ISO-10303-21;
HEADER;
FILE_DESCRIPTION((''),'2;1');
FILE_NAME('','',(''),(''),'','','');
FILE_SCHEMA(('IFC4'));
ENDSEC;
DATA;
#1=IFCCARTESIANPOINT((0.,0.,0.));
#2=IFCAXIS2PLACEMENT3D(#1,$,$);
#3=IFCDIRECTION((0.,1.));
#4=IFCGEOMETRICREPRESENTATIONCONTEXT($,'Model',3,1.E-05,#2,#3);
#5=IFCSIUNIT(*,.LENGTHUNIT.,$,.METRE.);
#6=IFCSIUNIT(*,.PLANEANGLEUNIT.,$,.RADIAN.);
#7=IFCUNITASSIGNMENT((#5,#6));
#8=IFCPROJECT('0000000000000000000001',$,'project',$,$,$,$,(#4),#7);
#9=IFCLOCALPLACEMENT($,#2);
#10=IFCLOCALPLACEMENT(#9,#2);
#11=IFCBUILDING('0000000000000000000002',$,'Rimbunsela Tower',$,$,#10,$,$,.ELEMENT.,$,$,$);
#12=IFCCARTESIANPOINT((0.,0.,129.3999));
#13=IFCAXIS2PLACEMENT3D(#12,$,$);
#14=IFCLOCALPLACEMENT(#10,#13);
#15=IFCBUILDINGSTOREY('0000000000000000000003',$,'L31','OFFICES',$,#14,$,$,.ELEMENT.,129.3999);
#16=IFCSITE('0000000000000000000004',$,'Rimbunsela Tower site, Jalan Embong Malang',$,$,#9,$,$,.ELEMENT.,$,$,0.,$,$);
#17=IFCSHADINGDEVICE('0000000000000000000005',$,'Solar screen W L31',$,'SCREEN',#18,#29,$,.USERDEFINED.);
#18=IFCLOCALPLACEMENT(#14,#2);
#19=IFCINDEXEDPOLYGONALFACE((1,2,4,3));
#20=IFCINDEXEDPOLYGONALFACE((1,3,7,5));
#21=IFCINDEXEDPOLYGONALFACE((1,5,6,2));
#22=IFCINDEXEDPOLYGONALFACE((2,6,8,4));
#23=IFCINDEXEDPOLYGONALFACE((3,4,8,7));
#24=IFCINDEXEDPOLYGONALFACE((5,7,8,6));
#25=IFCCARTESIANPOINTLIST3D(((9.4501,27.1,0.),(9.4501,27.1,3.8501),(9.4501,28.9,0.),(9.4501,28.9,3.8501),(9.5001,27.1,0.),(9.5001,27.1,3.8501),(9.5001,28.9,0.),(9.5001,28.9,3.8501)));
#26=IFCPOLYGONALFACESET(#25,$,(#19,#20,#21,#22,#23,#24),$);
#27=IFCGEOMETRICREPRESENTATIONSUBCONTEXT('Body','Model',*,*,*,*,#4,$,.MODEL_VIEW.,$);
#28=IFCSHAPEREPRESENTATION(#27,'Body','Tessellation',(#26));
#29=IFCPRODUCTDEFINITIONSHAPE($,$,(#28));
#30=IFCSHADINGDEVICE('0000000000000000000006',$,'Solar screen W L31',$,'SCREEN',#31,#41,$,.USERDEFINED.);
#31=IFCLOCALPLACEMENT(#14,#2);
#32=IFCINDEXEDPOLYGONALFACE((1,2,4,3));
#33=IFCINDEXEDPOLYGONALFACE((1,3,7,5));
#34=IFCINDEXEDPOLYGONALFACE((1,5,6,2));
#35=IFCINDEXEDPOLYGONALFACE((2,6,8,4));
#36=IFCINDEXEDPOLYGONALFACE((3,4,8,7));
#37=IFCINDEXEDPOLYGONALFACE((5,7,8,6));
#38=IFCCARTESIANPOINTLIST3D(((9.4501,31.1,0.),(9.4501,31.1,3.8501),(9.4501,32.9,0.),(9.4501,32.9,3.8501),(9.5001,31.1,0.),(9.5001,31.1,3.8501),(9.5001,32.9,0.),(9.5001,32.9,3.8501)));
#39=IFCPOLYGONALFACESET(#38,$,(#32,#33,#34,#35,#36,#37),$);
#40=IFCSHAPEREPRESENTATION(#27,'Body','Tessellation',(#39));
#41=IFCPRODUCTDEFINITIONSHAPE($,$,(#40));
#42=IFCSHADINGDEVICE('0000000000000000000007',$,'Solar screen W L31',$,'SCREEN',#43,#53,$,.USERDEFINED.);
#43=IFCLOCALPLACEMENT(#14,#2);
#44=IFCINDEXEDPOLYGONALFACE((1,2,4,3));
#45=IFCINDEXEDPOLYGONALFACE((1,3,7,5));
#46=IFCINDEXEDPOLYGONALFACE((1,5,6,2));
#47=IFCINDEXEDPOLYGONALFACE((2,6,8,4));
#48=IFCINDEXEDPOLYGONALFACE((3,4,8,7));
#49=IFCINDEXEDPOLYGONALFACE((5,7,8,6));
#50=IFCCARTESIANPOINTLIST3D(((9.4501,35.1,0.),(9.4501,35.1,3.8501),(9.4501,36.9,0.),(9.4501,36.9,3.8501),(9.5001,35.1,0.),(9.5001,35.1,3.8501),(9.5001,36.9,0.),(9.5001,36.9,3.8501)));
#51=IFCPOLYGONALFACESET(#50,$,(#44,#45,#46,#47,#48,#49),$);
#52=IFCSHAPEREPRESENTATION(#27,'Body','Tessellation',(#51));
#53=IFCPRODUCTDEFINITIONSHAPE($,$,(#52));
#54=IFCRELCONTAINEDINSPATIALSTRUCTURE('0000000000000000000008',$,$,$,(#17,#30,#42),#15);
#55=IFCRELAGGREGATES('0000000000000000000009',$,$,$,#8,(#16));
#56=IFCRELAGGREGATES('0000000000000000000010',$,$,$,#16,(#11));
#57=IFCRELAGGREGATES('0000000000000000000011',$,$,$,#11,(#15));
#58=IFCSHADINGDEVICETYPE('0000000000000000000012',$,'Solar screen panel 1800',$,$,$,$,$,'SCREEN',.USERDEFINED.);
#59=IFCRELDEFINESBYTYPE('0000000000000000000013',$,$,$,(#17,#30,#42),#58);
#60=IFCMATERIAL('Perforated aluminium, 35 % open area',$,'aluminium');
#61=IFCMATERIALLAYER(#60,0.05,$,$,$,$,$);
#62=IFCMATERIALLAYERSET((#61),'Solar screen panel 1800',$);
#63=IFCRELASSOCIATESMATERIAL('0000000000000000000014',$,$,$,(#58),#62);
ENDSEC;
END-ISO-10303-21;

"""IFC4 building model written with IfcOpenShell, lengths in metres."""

from ifc_helpers import new_model, si_unit, direction, frame, origin, origin_2d, place, context, subcontext, project, spatial, rectangle, extrude, material, layer, layer_set, type_object, element, save


model = new_model("IFC4")

# Units and contexts
model_context = context("Model", 3, precision=1e-05, world=origin(), true_north=direction((0.0, 1.0)))
body_context = subcontext(model_context, "Body", "Model", "MODEL_VIEW")
ifc_project = project(units=[si_unit("LENGTHUNIT", "METRE"), si_unit("PLANEANGLEUNIT", "RADIAN")], contexts=[model_context])

# Site, building, storey
site_placement = place(None, origin())
site = spatial("IfcSite", under=ifc_project, at=site_placement, Name="Rimbunsela Tower site, Jalan Embong Malang", CompositionType="ELEMENT", RefElevation=0.0)
building_placement = place(site_placement, origin())
building = spatial("IfcBuilding", under=site, at=building_placement, Name="Rimbunsela Tower", CompositionType="ELEMENT")
storey_placement = place(building_placement, frame((0.0, 0.0, 129.3999)))
storey = spatial("IfcBuildingStorey", under=building, at=storey_placement, Name="L31", Description="OFFICES", CompositionType="ELEMENT", Elevation=129.3999)

# Shading devices
ifc_material_1 = material(Name="Perforated aluminium, 35 % open area", Category="aluminium")
ifc_layer_1 = layer(ifc_material_1, 0.05)
ifc_layer_set_1 = layer_set([ifc_layer_1], Name="Solar screen panel 1800")
shading_device_type = type_object("IfcShadingDeviceType", Name="Solar screen panel 1800", ElementType="SCREEN", PredefinedType="USERDEFINED", material=ifc_layer_set_1)
for number, where, z_axis, x_axis, name in (
    (1, (9.4751, 28.0, 0.0), (0.0, 0.0, 1.0), (0.0, 1.0, 0.0), "Solar screen W L31"),
    (2, (9.4751, 32.0, 0.0), (0.0, 0.0, 1.0), (0.0, 1.0, 0.0), "Solar screen W L31"),
    (3, (9.4751, 36.0, 0.0), (0.0, 0.0, 1.0), (0.0, 1.0, 0.0), "Solar screen W L31"),
):
    element("IfcShadingDevice", number, at=place(storey_placement, frame(where, z_axis=z_axis, x_axis=x_axis)), inside=storey, type_object=shading_device_type, Name=name, ObjectType="SCREEN", PredefinedType="USERDEFINED", context=body_context, shape_type="SweptSolid", body=[
        extrude(rectangle(XDim=1.8, YDim=0.05, at=origin_2d()), origin(), (0.0, 0.0, 1.0), 3.8501),
    ])

save(model, "model.ifc")
